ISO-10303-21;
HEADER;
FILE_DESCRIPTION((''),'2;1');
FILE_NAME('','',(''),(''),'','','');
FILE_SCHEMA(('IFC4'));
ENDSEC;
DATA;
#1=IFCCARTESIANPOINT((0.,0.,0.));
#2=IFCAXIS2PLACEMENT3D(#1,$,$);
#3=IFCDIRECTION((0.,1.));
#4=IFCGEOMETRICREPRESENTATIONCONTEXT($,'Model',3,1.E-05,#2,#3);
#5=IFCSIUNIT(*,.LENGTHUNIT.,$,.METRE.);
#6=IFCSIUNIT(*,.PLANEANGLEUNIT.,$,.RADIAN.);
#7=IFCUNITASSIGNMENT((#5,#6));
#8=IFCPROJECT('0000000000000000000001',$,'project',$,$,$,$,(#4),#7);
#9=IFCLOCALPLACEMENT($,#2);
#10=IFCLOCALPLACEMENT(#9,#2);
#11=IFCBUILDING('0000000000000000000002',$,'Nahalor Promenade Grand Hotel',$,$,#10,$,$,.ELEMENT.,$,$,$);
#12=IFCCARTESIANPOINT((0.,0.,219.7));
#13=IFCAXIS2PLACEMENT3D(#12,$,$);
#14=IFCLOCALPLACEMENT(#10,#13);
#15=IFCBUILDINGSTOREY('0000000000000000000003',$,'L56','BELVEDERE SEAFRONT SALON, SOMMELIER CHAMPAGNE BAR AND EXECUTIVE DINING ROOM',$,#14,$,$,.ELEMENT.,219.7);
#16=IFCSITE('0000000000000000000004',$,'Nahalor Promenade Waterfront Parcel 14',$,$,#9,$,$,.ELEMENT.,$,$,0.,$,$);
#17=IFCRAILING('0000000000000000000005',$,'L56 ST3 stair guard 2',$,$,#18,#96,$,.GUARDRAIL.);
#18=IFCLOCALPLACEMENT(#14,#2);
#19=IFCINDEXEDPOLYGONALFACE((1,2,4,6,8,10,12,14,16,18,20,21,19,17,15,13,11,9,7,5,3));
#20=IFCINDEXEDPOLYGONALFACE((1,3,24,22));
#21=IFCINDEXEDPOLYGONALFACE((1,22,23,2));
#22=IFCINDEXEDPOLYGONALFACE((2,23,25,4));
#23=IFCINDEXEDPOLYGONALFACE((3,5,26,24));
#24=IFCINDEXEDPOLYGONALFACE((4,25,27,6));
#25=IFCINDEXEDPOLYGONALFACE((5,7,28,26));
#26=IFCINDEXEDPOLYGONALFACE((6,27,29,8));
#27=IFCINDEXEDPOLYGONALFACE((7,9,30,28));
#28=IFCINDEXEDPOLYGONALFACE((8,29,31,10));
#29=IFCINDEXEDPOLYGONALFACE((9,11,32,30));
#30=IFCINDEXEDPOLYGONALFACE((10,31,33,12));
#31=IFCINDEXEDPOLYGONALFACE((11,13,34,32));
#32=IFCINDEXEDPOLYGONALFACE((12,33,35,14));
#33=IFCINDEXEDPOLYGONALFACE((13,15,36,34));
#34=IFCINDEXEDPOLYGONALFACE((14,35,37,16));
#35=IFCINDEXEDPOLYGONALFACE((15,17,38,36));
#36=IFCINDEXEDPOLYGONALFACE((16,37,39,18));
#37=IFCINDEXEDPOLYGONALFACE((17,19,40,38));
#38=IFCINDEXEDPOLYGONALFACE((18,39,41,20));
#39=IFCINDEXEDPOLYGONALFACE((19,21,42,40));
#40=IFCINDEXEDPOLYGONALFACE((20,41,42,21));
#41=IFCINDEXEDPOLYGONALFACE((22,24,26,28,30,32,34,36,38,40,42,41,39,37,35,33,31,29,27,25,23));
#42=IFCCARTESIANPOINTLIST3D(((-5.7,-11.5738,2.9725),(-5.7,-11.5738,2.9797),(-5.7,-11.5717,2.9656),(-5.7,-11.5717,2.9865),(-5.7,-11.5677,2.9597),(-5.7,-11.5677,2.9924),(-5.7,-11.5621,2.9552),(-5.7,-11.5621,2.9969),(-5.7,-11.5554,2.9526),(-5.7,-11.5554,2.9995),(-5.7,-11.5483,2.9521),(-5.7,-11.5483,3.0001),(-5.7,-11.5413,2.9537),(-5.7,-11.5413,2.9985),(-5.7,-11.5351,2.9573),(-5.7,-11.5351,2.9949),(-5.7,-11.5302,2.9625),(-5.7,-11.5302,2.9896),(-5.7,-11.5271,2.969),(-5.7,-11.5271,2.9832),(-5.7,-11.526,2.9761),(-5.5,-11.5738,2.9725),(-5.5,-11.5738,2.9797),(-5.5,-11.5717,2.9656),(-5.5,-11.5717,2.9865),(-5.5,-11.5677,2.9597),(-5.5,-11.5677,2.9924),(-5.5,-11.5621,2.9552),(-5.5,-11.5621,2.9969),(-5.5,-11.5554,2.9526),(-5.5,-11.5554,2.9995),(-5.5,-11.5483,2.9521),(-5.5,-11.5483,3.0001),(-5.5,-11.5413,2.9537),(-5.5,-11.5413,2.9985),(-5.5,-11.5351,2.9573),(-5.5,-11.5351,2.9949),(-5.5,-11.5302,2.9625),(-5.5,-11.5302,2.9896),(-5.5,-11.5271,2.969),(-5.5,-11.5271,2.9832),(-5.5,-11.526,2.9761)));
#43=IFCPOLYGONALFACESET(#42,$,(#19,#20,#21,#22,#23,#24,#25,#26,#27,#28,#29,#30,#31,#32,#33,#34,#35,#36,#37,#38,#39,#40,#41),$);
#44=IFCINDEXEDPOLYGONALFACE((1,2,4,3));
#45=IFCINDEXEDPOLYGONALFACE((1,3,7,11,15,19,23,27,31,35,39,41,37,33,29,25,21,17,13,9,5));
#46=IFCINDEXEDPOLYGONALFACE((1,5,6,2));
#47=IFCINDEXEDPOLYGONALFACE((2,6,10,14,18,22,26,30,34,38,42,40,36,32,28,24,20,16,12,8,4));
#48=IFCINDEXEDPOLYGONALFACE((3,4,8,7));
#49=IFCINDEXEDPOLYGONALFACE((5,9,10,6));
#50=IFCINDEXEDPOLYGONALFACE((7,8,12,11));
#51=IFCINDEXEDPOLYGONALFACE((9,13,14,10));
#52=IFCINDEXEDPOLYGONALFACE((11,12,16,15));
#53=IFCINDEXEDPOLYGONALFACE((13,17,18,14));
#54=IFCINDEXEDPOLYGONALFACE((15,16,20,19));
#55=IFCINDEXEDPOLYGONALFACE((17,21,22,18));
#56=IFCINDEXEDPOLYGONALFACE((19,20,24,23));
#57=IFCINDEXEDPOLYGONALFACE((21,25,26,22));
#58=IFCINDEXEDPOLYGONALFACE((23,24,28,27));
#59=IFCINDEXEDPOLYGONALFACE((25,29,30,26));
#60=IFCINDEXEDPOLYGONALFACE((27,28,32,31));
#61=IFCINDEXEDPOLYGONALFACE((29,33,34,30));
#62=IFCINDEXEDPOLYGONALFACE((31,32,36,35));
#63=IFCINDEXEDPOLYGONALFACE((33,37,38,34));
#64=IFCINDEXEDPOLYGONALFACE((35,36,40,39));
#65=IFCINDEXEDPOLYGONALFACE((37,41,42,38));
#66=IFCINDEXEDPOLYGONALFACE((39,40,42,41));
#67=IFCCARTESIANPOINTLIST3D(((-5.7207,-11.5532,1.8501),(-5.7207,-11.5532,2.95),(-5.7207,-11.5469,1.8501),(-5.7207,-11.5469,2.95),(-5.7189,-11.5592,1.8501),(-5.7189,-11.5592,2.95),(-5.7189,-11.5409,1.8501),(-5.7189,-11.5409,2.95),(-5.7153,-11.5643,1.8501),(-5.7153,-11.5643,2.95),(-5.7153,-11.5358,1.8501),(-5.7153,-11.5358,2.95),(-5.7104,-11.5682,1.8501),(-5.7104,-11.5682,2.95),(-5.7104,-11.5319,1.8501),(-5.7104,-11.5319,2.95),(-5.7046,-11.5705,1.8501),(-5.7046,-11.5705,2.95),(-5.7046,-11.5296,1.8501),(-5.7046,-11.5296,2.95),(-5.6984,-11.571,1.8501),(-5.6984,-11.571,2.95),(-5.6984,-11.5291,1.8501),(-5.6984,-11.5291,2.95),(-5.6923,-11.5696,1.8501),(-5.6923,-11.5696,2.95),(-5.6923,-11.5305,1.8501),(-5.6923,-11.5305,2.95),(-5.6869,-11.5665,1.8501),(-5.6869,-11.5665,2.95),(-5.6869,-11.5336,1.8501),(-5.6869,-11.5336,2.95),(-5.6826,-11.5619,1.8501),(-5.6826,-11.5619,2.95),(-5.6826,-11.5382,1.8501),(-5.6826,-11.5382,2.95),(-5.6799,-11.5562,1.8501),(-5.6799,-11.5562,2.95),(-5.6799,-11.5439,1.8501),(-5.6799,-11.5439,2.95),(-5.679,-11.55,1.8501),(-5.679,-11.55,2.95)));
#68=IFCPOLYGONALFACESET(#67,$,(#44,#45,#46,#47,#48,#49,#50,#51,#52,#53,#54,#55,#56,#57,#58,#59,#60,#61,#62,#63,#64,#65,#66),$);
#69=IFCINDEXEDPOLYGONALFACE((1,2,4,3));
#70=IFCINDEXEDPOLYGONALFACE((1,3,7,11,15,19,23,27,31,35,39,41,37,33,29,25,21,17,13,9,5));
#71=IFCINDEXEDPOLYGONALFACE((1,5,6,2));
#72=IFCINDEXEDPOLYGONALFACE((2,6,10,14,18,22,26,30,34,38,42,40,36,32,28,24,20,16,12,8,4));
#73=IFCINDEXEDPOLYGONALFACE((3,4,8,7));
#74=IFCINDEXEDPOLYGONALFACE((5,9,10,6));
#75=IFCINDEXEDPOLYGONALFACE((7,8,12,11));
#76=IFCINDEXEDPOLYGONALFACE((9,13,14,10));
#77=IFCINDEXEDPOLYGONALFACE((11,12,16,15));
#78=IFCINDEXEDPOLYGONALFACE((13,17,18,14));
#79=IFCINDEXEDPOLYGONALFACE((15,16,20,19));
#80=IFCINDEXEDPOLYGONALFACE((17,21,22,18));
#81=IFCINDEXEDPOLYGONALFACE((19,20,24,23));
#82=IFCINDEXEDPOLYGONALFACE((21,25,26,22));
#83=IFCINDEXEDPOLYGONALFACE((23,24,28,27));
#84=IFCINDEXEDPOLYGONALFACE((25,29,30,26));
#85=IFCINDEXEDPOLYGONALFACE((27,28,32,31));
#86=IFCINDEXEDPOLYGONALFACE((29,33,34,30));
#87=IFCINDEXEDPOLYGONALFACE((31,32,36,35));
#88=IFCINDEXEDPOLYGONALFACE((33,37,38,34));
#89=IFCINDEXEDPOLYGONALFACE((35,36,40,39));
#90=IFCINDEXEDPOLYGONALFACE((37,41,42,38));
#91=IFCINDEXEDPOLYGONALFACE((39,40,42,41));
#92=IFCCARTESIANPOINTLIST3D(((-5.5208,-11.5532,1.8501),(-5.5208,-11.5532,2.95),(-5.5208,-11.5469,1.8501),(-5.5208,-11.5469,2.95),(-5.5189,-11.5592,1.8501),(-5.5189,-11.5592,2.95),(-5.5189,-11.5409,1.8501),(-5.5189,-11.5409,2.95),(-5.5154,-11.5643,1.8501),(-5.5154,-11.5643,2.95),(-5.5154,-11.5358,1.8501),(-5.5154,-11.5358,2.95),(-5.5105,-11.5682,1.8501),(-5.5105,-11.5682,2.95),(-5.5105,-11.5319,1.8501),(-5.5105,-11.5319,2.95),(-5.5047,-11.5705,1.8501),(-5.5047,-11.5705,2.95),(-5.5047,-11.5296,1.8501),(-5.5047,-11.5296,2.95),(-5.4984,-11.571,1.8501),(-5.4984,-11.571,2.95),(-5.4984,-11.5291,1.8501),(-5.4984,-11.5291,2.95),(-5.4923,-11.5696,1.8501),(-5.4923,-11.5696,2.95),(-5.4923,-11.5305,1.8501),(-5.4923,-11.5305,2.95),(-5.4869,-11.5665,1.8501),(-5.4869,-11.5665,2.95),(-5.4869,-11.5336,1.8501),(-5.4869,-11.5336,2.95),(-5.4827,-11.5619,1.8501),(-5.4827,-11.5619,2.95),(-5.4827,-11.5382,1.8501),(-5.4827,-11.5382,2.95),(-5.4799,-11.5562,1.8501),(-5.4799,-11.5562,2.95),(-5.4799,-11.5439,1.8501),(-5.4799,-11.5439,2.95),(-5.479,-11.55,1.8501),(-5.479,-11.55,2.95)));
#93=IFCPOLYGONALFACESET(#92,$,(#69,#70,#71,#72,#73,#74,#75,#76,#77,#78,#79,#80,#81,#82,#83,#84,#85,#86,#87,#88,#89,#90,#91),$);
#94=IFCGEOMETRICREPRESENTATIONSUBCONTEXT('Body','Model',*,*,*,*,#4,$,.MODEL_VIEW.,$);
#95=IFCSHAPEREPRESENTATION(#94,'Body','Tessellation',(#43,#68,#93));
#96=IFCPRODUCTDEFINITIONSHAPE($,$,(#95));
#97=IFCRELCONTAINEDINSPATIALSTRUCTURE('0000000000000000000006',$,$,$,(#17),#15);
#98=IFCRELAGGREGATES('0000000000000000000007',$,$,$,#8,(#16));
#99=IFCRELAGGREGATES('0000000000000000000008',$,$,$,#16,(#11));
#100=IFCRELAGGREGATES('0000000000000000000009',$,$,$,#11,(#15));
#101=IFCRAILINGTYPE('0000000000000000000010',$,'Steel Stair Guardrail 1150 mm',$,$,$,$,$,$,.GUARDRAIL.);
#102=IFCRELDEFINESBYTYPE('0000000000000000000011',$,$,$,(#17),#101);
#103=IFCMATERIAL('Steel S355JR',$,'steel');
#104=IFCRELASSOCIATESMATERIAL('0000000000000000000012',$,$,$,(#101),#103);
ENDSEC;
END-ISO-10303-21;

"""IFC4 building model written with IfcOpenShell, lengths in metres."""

from ifc_helpers import new_model, si_unit, direction, frame, origin, origin_2d, place, context, subcontext, project, spatial, circle, extrude, material, type_object, element, save


model = new_model("IFC4")

# Units and contexts
model_context = context("Model", 3, precision=1e-05, world=origin(), true_north=direction((0.0, 1.0)))
body_context = subcontext(model_context, "Body", "Model", "MODEL_VIEW")
ifc_project = project(units=[si_unit("LENGTHUNIT", "METRE"), si_unit("PLANEANGLEUNIT", "RADIAN")], contexts=[model_context])

# Site, building, storey
site_placement = place(None, origin())
site = spatial("IfcSite", under=ifc_project, at=site_placement, Name="Nahalor Promenade Waterfront Parcel 14", CompositionType="ELEMENT", RefElevation=0.0)
building_placement = place(site_placement, origin())
building = spatial("IfcBuilding", under=site, at=building_placement, Name="Nahalor Promenade Grand Hotel", CompositionType="ELEMENT")
storey_placement = place(building_placement, frame((0.0, 0.0, 219.7)))
storey = spatial("IfcBuildingStorey", under=building, at=storey_placement, Name="L56", Description="BELVEDERE SEAFRONT SALON, SOMMELIER CHAMPAGNE BAR AND EXECUTIVE DINING ROOM", CompositionType="ELEMENT", Elevation=219.7)

# Shared definitions
ifc_material_1 = material(Name="Steel S355JR", Category="steel")

# Railing
railing_type_1 = type_object("IfcRailingType", Name="Steel Stair Guardrail 1150 mm", PredefinedType="GUARDRAIL", material=ifc_material_1)
railing_1_placement = place(storey_placement, frame((-5.7, -11.55, 1.8501)))
element("IfcRailing", 1, at=railing_1_placement, inside=storey, type_object=railing_type_1, Name="L56 ST3 stair guard 2", PredefinedType="GUARDRAIL", context=body_context, shape_type="SweptSolid", body=[
    extrude(circle(Radius=0.024, at=origin_2d()), frame((0.0, 0.0, 1.126), z_axis=(1.0, 0.0, 0.0), x_axis=(0.0, 1.0, 0.0)), (0.0, 0.0, 1.0), 0.2),
    extrude(circle(Radius=0.021, at=origin_2d()), origin(), (0.0, 0.0, 1.0), 1.0999),
    extrude(circle(Radius=0.021, at=origin_2d()), frame((0.2, 0.0, 0.0)), (0.0, 0.0, 1.0), 1.0999),
])

save(model, "model.ifc")
